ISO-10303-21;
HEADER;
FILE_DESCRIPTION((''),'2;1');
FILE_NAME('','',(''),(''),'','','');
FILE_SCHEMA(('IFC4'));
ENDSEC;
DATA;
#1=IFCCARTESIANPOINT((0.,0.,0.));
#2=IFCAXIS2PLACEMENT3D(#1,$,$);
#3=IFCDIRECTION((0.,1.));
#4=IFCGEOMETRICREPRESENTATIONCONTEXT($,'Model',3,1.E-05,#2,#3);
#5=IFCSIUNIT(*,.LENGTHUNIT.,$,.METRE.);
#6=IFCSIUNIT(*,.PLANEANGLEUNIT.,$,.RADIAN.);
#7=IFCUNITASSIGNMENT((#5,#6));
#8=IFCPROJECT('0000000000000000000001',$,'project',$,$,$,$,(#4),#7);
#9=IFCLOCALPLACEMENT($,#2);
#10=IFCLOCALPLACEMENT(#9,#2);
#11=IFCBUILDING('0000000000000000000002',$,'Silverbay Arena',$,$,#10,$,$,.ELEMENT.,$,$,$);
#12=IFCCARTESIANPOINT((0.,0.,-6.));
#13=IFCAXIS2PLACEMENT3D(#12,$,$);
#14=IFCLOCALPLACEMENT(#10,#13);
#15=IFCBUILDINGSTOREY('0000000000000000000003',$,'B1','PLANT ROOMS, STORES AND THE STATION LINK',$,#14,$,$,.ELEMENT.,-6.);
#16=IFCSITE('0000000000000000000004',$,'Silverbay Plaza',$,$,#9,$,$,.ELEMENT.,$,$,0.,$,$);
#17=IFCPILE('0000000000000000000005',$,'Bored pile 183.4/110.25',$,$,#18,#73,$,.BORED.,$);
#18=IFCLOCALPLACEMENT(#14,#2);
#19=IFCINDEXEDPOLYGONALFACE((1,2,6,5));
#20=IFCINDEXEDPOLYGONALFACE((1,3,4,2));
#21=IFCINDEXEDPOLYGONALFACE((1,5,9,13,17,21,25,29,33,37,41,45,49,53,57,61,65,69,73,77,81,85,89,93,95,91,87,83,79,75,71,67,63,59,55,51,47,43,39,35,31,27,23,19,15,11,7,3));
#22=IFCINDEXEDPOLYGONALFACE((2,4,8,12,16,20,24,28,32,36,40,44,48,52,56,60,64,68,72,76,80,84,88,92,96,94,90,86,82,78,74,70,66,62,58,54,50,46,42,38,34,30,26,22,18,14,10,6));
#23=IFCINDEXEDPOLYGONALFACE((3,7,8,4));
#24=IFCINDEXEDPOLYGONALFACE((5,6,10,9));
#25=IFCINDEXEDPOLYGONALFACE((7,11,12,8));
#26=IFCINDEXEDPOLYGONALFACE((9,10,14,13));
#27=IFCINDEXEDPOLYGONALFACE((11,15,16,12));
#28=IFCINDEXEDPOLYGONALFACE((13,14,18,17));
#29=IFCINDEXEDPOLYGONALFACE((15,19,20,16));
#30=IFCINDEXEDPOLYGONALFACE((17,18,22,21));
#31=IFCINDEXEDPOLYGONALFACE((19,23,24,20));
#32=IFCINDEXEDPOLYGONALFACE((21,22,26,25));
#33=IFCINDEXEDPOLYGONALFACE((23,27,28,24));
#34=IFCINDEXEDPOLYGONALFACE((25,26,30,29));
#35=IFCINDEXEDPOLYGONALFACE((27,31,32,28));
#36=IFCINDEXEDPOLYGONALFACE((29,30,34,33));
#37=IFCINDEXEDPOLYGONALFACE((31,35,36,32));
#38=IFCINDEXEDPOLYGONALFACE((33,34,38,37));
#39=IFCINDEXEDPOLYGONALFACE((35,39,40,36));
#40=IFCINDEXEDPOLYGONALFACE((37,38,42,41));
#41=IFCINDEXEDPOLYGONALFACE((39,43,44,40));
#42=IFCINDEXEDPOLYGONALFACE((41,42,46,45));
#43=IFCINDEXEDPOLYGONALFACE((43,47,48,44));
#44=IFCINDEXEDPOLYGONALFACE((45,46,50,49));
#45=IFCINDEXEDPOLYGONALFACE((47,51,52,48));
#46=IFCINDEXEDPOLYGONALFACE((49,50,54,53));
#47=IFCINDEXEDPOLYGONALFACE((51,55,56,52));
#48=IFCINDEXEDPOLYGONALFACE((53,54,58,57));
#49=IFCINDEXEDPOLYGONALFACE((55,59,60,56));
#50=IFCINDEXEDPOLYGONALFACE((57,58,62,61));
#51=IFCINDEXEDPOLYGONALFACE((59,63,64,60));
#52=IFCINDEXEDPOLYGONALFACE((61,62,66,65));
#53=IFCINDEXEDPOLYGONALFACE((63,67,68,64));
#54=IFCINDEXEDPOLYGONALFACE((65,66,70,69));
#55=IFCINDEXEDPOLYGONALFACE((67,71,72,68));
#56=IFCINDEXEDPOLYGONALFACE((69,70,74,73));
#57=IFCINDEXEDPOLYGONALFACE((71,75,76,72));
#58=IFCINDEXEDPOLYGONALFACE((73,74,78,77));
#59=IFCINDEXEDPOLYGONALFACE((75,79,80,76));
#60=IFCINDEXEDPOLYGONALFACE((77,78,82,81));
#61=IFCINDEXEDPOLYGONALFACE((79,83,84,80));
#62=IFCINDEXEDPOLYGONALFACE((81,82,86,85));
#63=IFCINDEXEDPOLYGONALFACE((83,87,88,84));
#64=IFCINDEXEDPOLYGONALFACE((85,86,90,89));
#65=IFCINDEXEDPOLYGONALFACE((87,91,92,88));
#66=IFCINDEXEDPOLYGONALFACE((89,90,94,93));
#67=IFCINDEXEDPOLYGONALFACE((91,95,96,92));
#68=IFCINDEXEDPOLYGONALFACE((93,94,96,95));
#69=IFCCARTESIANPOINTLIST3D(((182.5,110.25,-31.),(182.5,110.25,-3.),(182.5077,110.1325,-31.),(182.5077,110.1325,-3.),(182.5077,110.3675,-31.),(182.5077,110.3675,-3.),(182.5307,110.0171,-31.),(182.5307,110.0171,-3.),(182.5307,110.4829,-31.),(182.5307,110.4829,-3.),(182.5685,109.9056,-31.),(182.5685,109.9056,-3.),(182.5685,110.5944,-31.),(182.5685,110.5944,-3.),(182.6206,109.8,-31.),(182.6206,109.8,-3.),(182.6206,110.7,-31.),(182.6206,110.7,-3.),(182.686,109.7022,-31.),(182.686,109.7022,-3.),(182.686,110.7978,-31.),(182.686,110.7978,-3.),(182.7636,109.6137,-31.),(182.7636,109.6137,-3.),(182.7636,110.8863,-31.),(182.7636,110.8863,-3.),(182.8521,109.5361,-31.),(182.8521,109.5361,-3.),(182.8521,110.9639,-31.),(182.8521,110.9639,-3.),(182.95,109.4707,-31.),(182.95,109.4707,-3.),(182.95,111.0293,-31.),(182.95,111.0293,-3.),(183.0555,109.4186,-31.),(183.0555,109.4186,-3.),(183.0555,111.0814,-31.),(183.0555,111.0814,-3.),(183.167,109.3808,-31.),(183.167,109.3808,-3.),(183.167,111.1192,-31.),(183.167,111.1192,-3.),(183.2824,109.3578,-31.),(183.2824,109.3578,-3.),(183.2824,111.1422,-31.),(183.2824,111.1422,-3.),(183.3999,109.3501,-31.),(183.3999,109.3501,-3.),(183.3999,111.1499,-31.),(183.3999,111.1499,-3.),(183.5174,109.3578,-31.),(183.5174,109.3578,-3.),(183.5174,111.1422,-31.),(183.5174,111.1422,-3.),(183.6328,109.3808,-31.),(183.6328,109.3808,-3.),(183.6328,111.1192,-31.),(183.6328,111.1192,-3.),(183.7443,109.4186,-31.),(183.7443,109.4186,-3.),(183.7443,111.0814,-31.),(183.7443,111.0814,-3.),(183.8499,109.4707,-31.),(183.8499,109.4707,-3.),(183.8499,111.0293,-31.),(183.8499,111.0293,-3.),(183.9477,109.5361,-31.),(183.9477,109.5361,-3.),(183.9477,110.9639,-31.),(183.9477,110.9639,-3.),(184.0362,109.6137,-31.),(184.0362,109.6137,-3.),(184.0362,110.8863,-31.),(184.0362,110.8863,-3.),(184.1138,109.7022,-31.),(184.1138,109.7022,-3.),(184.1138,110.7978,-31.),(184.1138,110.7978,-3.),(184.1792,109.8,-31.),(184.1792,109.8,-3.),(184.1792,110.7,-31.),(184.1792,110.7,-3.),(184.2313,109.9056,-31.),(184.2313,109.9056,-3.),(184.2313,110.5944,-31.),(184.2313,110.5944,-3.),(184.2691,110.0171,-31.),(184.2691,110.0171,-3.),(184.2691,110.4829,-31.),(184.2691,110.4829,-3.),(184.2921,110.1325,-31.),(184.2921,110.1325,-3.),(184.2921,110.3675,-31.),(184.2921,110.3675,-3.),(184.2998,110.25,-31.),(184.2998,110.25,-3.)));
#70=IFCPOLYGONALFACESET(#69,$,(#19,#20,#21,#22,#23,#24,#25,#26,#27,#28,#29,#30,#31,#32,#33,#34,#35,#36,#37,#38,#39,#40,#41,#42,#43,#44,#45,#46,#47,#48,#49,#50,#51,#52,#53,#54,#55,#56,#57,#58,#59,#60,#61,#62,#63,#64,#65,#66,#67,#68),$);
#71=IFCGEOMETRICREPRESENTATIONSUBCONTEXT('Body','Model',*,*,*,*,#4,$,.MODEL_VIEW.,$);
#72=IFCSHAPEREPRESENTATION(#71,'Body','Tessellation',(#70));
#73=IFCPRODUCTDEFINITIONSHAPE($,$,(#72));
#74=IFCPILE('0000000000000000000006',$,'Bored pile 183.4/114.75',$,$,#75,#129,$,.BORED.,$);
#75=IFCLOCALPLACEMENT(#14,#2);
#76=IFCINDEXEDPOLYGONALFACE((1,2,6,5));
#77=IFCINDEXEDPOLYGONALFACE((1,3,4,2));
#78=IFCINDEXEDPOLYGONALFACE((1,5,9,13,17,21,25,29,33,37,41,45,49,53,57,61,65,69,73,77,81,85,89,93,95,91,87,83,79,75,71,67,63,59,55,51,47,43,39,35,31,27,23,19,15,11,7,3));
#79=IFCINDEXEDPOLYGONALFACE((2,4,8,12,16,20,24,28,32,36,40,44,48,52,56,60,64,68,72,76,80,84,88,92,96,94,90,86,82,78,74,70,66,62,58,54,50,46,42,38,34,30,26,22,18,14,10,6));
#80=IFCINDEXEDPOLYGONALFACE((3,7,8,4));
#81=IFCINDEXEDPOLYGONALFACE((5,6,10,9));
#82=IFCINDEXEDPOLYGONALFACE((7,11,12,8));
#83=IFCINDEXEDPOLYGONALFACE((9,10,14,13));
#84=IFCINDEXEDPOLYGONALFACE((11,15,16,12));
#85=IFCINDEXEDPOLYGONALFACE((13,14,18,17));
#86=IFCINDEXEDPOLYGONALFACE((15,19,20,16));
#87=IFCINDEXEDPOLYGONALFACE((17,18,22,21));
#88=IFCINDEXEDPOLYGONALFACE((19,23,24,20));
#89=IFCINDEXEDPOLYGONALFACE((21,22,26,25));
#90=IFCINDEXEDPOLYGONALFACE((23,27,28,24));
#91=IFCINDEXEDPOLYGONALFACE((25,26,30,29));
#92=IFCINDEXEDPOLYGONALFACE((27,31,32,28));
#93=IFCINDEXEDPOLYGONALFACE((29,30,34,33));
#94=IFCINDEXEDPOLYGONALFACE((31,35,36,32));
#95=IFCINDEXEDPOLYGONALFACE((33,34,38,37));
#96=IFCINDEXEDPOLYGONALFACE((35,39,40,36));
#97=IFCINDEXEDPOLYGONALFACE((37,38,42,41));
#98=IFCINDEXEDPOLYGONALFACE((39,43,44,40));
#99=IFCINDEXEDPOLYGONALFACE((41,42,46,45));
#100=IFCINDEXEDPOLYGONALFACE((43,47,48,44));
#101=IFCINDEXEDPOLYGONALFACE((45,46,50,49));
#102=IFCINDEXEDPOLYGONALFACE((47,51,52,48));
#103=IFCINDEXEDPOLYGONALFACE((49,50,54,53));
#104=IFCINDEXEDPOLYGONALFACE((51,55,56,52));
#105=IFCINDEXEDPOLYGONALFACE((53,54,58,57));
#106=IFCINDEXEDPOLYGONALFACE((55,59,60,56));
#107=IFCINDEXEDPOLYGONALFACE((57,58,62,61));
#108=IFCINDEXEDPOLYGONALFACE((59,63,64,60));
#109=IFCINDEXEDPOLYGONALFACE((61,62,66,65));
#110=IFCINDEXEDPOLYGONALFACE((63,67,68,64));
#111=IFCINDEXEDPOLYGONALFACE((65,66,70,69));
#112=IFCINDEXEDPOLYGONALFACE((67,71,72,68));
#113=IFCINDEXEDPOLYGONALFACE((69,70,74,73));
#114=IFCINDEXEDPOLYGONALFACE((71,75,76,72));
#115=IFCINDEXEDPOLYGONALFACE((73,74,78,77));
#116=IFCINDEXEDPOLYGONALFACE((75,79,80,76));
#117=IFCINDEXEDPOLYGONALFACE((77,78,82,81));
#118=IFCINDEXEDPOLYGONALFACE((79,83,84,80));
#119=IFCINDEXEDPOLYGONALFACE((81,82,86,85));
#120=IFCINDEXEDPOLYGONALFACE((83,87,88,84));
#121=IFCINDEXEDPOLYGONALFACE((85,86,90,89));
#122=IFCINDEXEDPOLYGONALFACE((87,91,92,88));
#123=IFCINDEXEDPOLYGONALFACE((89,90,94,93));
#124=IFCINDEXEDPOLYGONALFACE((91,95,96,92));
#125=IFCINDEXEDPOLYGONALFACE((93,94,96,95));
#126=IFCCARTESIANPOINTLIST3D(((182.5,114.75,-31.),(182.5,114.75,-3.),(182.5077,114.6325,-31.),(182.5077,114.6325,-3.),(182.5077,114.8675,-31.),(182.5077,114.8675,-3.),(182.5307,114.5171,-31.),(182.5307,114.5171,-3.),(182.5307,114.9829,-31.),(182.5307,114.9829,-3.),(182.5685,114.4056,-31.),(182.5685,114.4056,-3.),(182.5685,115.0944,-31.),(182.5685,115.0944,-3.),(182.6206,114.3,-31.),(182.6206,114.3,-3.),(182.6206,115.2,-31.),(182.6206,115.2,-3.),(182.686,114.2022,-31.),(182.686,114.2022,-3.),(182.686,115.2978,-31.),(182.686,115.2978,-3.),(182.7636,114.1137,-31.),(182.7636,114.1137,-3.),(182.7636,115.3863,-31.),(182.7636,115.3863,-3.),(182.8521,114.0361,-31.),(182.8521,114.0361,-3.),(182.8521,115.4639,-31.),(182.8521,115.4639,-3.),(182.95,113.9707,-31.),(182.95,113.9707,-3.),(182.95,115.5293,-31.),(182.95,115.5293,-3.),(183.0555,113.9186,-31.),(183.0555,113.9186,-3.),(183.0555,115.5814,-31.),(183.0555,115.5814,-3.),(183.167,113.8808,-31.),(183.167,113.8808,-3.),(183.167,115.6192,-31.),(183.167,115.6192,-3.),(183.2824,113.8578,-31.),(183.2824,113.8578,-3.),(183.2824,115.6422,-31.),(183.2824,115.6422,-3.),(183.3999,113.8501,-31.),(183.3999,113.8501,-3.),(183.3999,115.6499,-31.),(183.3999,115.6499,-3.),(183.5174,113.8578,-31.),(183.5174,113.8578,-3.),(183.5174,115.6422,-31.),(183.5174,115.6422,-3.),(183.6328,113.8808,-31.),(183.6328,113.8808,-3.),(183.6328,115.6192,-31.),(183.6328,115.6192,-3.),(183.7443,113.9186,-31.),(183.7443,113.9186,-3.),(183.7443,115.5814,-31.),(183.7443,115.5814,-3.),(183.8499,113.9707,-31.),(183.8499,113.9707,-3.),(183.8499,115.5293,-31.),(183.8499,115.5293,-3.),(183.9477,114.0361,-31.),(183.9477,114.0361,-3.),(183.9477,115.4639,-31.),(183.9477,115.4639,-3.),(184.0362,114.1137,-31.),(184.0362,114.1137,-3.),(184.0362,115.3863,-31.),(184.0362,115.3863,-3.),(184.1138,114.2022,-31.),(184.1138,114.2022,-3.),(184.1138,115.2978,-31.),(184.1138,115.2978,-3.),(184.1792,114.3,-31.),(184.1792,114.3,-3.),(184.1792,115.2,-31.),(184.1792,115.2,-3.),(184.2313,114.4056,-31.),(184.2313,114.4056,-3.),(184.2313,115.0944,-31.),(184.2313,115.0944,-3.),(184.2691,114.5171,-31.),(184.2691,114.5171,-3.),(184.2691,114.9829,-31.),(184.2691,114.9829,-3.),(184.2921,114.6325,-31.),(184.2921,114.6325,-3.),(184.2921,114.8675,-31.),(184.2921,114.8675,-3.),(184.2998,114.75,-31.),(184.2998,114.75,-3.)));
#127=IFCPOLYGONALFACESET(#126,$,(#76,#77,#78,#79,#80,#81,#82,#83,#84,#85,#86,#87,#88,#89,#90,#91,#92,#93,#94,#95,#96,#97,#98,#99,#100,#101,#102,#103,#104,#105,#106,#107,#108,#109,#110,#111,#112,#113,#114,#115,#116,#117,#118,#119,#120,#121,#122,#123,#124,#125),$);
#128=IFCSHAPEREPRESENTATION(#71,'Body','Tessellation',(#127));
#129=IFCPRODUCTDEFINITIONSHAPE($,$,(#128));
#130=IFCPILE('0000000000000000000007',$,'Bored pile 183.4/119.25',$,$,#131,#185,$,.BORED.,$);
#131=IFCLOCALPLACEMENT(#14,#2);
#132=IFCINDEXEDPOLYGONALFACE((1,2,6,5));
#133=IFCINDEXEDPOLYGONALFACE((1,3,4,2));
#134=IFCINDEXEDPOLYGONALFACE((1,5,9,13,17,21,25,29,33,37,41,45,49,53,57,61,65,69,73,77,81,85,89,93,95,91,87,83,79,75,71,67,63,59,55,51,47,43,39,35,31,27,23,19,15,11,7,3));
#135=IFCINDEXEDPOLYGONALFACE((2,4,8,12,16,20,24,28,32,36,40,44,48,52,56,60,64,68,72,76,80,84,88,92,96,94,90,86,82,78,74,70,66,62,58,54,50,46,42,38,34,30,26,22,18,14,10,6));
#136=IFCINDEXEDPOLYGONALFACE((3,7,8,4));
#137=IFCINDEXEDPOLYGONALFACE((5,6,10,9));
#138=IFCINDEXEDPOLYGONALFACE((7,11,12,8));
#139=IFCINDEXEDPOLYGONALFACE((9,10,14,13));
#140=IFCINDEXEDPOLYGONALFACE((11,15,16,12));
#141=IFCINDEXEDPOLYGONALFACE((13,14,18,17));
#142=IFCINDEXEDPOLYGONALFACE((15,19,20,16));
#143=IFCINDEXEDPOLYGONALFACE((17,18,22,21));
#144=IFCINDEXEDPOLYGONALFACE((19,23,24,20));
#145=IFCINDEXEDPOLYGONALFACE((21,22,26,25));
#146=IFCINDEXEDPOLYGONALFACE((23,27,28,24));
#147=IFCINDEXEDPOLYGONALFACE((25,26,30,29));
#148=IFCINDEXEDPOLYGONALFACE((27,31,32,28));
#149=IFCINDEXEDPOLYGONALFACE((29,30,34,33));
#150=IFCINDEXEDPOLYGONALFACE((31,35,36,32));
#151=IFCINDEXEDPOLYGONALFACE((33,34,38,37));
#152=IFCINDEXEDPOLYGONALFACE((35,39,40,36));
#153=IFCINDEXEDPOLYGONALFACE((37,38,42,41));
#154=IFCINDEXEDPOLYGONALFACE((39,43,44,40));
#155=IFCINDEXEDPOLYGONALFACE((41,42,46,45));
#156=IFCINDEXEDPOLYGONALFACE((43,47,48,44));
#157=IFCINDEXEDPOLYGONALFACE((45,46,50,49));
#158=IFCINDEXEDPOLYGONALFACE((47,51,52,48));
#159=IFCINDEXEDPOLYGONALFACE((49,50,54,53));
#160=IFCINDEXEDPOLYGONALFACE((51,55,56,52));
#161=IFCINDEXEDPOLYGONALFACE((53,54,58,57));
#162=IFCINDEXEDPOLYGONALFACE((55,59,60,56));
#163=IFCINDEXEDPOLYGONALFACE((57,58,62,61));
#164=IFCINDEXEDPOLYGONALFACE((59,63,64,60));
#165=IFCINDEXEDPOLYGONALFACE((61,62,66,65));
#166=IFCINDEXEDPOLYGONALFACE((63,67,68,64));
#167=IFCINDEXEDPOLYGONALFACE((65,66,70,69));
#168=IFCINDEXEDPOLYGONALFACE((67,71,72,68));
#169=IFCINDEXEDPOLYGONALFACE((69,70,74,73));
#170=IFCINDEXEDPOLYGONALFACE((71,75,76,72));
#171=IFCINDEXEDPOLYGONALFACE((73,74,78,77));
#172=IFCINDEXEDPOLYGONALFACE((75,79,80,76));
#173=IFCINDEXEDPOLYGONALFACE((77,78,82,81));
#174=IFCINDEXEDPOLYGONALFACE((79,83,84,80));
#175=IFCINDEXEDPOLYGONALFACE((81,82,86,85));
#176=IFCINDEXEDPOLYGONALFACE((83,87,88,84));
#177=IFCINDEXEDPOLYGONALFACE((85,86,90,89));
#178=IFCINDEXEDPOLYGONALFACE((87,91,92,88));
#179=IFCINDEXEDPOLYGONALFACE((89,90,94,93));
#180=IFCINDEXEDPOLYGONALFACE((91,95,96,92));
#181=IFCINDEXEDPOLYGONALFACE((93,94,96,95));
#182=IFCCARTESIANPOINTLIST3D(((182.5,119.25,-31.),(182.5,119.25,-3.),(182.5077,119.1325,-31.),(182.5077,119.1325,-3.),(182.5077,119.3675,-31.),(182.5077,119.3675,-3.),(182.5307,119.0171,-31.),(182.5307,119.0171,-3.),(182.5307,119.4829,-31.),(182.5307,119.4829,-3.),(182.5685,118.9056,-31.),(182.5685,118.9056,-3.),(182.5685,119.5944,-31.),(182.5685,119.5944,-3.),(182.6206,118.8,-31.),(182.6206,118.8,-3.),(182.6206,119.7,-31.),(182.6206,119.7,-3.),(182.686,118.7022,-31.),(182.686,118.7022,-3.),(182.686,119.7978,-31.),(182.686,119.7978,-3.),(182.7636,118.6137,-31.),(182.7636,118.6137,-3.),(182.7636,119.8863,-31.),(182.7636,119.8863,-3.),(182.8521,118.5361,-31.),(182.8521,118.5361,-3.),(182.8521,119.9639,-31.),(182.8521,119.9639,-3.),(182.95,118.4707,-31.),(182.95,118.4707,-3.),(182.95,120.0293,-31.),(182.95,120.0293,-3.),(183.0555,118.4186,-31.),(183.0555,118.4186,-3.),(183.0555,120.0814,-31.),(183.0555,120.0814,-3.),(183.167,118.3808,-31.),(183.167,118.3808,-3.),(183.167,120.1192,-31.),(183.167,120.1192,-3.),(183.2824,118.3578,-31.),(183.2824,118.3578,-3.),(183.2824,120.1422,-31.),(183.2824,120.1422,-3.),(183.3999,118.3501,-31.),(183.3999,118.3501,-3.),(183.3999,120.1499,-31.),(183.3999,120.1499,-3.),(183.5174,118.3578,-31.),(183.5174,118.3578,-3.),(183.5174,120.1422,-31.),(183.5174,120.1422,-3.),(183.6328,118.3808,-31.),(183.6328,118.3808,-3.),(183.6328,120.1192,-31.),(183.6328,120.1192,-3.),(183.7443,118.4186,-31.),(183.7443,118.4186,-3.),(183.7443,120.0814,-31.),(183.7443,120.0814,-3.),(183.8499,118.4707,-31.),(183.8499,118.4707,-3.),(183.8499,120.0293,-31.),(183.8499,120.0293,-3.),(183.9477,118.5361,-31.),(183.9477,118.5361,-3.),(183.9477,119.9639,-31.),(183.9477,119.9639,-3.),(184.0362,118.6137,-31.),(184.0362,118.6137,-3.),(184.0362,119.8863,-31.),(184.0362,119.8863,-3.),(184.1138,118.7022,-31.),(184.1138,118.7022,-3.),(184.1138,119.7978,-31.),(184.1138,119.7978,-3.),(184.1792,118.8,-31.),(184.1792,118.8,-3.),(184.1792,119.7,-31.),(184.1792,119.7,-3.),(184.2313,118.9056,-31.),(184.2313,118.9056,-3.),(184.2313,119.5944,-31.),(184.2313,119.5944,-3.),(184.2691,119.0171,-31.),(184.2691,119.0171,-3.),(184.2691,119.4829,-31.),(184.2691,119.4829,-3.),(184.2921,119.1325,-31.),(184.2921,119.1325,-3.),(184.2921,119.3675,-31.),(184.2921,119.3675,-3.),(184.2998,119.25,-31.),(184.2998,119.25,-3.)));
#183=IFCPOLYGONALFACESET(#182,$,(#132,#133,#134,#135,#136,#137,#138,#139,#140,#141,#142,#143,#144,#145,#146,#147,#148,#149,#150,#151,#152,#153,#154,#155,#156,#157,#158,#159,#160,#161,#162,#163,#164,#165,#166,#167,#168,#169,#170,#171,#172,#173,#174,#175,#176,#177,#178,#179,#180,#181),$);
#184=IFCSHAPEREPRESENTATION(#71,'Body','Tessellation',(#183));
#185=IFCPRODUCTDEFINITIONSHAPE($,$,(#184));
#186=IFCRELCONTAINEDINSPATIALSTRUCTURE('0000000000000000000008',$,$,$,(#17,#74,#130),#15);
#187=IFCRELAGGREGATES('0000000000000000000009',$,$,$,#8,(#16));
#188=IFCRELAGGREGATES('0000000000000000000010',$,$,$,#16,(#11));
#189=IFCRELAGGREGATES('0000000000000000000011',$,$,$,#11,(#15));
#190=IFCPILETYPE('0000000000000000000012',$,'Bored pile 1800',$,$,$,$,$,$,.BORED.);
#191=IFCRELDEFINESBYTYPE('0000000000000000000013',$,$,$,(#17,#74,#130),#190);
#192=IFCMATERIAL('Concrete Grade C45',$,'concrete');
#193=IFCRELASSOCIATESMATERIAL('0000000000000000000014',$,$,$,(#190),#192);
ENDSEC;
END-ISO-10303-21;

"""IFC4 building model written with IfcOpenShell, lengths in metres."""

from ifc_helpers import new_model, si_unit, direction, frame, origin, origin_2d, place, context, subcontext, project, spatial, circle, extrude, material, material_profile, profile_set, type_object, element, save


model = new_model("IFC4")

# Units and contexts
model_context = context("Model", 3, precision=1e-05, world=origin(), true_north=direction((0.0, 1.0)))
body_context = subcontext(model_context, "Body", "Model", "MODEL_VIEW")
ifc_project = project(units=[si_unit("LENGTHUNIT", "METRE"), si_unit("PLANEANGLEUNIT", "RADIAN")], contexts=[model_context])

# Site, building, storey
site_placement = place(None, origin())
site = spatial("IfcSite", under=ifc_project, at=site_placement, Name="Silverbay Plaza", CompositionType="ELEMENT", RefElevation=0.0)
building_placement = place(site_placement, origin())
building = spatial("IfcBuilding", under=site, at=building_placement, Name="Silverbay Arena", CompositionType="ELEMENT")
storey_placement = place(building_placement, frame((0.0, 0.0, -6.0)))
storey = spatial("IfcBuildingStorey", under=building, at=storey_placement, Name="B1", Description="PLANT ROOMS, STORES AND THE STATION LINK", CompositionType="ELEMENT", Elevation=-6.0)

# Piles
ifc_material_1 = material(Name="Concrete Grade C45", Category="concrete")
ifc_material_profile_1 = material_profile(ifc_material_1, circle(Radius=0.8999, at=origin_2d()), Name="Bored pile 1800")
ifc_profile_set_1 = profile_set([ifc_material_profile_1], Name="Concrete Grade C45")
pile_type_1 = type_object("IfcPileType", Name="Bored pile 1800", PredefinedType="BORED", material=ifc_profile_set_1)
for number, where, z_axis, x_axis, name in (
    (1, (183.3999, 110.25, -3.0), (0.0, 0.0, -1.0), (1.0, 0.0, 0.0), "Bored pile 183.4/110.25"),
    (2, (183.3999, 114.75, -3.0), (0.0, 0.0, -1.0), (1.0, 0.0, 0.0), "Bored pile 183.4/114.75"),
    (3, (183.3999, 119.25, -3.0), (0.0, 0.0, -1.0), (1.0, 0.0, 0.0), "Bored pile 183.4/119.25"),
):
    element("IfcPile", number, at=place(storey_placement, frame(where, z_axis=z_axis, x_axis=x_axis)), inside=storey, type_object=pile_type_1, Name=name, PredefinedType="BORED", context=body_context, shape_type="SweptSolid", body=[
        extrude(circle(Radius=0.8999, at=origin_2d()), origin(), (0.0, 0.0, 1.0), 28.0),
    ])

save(model, "model.ifc")
